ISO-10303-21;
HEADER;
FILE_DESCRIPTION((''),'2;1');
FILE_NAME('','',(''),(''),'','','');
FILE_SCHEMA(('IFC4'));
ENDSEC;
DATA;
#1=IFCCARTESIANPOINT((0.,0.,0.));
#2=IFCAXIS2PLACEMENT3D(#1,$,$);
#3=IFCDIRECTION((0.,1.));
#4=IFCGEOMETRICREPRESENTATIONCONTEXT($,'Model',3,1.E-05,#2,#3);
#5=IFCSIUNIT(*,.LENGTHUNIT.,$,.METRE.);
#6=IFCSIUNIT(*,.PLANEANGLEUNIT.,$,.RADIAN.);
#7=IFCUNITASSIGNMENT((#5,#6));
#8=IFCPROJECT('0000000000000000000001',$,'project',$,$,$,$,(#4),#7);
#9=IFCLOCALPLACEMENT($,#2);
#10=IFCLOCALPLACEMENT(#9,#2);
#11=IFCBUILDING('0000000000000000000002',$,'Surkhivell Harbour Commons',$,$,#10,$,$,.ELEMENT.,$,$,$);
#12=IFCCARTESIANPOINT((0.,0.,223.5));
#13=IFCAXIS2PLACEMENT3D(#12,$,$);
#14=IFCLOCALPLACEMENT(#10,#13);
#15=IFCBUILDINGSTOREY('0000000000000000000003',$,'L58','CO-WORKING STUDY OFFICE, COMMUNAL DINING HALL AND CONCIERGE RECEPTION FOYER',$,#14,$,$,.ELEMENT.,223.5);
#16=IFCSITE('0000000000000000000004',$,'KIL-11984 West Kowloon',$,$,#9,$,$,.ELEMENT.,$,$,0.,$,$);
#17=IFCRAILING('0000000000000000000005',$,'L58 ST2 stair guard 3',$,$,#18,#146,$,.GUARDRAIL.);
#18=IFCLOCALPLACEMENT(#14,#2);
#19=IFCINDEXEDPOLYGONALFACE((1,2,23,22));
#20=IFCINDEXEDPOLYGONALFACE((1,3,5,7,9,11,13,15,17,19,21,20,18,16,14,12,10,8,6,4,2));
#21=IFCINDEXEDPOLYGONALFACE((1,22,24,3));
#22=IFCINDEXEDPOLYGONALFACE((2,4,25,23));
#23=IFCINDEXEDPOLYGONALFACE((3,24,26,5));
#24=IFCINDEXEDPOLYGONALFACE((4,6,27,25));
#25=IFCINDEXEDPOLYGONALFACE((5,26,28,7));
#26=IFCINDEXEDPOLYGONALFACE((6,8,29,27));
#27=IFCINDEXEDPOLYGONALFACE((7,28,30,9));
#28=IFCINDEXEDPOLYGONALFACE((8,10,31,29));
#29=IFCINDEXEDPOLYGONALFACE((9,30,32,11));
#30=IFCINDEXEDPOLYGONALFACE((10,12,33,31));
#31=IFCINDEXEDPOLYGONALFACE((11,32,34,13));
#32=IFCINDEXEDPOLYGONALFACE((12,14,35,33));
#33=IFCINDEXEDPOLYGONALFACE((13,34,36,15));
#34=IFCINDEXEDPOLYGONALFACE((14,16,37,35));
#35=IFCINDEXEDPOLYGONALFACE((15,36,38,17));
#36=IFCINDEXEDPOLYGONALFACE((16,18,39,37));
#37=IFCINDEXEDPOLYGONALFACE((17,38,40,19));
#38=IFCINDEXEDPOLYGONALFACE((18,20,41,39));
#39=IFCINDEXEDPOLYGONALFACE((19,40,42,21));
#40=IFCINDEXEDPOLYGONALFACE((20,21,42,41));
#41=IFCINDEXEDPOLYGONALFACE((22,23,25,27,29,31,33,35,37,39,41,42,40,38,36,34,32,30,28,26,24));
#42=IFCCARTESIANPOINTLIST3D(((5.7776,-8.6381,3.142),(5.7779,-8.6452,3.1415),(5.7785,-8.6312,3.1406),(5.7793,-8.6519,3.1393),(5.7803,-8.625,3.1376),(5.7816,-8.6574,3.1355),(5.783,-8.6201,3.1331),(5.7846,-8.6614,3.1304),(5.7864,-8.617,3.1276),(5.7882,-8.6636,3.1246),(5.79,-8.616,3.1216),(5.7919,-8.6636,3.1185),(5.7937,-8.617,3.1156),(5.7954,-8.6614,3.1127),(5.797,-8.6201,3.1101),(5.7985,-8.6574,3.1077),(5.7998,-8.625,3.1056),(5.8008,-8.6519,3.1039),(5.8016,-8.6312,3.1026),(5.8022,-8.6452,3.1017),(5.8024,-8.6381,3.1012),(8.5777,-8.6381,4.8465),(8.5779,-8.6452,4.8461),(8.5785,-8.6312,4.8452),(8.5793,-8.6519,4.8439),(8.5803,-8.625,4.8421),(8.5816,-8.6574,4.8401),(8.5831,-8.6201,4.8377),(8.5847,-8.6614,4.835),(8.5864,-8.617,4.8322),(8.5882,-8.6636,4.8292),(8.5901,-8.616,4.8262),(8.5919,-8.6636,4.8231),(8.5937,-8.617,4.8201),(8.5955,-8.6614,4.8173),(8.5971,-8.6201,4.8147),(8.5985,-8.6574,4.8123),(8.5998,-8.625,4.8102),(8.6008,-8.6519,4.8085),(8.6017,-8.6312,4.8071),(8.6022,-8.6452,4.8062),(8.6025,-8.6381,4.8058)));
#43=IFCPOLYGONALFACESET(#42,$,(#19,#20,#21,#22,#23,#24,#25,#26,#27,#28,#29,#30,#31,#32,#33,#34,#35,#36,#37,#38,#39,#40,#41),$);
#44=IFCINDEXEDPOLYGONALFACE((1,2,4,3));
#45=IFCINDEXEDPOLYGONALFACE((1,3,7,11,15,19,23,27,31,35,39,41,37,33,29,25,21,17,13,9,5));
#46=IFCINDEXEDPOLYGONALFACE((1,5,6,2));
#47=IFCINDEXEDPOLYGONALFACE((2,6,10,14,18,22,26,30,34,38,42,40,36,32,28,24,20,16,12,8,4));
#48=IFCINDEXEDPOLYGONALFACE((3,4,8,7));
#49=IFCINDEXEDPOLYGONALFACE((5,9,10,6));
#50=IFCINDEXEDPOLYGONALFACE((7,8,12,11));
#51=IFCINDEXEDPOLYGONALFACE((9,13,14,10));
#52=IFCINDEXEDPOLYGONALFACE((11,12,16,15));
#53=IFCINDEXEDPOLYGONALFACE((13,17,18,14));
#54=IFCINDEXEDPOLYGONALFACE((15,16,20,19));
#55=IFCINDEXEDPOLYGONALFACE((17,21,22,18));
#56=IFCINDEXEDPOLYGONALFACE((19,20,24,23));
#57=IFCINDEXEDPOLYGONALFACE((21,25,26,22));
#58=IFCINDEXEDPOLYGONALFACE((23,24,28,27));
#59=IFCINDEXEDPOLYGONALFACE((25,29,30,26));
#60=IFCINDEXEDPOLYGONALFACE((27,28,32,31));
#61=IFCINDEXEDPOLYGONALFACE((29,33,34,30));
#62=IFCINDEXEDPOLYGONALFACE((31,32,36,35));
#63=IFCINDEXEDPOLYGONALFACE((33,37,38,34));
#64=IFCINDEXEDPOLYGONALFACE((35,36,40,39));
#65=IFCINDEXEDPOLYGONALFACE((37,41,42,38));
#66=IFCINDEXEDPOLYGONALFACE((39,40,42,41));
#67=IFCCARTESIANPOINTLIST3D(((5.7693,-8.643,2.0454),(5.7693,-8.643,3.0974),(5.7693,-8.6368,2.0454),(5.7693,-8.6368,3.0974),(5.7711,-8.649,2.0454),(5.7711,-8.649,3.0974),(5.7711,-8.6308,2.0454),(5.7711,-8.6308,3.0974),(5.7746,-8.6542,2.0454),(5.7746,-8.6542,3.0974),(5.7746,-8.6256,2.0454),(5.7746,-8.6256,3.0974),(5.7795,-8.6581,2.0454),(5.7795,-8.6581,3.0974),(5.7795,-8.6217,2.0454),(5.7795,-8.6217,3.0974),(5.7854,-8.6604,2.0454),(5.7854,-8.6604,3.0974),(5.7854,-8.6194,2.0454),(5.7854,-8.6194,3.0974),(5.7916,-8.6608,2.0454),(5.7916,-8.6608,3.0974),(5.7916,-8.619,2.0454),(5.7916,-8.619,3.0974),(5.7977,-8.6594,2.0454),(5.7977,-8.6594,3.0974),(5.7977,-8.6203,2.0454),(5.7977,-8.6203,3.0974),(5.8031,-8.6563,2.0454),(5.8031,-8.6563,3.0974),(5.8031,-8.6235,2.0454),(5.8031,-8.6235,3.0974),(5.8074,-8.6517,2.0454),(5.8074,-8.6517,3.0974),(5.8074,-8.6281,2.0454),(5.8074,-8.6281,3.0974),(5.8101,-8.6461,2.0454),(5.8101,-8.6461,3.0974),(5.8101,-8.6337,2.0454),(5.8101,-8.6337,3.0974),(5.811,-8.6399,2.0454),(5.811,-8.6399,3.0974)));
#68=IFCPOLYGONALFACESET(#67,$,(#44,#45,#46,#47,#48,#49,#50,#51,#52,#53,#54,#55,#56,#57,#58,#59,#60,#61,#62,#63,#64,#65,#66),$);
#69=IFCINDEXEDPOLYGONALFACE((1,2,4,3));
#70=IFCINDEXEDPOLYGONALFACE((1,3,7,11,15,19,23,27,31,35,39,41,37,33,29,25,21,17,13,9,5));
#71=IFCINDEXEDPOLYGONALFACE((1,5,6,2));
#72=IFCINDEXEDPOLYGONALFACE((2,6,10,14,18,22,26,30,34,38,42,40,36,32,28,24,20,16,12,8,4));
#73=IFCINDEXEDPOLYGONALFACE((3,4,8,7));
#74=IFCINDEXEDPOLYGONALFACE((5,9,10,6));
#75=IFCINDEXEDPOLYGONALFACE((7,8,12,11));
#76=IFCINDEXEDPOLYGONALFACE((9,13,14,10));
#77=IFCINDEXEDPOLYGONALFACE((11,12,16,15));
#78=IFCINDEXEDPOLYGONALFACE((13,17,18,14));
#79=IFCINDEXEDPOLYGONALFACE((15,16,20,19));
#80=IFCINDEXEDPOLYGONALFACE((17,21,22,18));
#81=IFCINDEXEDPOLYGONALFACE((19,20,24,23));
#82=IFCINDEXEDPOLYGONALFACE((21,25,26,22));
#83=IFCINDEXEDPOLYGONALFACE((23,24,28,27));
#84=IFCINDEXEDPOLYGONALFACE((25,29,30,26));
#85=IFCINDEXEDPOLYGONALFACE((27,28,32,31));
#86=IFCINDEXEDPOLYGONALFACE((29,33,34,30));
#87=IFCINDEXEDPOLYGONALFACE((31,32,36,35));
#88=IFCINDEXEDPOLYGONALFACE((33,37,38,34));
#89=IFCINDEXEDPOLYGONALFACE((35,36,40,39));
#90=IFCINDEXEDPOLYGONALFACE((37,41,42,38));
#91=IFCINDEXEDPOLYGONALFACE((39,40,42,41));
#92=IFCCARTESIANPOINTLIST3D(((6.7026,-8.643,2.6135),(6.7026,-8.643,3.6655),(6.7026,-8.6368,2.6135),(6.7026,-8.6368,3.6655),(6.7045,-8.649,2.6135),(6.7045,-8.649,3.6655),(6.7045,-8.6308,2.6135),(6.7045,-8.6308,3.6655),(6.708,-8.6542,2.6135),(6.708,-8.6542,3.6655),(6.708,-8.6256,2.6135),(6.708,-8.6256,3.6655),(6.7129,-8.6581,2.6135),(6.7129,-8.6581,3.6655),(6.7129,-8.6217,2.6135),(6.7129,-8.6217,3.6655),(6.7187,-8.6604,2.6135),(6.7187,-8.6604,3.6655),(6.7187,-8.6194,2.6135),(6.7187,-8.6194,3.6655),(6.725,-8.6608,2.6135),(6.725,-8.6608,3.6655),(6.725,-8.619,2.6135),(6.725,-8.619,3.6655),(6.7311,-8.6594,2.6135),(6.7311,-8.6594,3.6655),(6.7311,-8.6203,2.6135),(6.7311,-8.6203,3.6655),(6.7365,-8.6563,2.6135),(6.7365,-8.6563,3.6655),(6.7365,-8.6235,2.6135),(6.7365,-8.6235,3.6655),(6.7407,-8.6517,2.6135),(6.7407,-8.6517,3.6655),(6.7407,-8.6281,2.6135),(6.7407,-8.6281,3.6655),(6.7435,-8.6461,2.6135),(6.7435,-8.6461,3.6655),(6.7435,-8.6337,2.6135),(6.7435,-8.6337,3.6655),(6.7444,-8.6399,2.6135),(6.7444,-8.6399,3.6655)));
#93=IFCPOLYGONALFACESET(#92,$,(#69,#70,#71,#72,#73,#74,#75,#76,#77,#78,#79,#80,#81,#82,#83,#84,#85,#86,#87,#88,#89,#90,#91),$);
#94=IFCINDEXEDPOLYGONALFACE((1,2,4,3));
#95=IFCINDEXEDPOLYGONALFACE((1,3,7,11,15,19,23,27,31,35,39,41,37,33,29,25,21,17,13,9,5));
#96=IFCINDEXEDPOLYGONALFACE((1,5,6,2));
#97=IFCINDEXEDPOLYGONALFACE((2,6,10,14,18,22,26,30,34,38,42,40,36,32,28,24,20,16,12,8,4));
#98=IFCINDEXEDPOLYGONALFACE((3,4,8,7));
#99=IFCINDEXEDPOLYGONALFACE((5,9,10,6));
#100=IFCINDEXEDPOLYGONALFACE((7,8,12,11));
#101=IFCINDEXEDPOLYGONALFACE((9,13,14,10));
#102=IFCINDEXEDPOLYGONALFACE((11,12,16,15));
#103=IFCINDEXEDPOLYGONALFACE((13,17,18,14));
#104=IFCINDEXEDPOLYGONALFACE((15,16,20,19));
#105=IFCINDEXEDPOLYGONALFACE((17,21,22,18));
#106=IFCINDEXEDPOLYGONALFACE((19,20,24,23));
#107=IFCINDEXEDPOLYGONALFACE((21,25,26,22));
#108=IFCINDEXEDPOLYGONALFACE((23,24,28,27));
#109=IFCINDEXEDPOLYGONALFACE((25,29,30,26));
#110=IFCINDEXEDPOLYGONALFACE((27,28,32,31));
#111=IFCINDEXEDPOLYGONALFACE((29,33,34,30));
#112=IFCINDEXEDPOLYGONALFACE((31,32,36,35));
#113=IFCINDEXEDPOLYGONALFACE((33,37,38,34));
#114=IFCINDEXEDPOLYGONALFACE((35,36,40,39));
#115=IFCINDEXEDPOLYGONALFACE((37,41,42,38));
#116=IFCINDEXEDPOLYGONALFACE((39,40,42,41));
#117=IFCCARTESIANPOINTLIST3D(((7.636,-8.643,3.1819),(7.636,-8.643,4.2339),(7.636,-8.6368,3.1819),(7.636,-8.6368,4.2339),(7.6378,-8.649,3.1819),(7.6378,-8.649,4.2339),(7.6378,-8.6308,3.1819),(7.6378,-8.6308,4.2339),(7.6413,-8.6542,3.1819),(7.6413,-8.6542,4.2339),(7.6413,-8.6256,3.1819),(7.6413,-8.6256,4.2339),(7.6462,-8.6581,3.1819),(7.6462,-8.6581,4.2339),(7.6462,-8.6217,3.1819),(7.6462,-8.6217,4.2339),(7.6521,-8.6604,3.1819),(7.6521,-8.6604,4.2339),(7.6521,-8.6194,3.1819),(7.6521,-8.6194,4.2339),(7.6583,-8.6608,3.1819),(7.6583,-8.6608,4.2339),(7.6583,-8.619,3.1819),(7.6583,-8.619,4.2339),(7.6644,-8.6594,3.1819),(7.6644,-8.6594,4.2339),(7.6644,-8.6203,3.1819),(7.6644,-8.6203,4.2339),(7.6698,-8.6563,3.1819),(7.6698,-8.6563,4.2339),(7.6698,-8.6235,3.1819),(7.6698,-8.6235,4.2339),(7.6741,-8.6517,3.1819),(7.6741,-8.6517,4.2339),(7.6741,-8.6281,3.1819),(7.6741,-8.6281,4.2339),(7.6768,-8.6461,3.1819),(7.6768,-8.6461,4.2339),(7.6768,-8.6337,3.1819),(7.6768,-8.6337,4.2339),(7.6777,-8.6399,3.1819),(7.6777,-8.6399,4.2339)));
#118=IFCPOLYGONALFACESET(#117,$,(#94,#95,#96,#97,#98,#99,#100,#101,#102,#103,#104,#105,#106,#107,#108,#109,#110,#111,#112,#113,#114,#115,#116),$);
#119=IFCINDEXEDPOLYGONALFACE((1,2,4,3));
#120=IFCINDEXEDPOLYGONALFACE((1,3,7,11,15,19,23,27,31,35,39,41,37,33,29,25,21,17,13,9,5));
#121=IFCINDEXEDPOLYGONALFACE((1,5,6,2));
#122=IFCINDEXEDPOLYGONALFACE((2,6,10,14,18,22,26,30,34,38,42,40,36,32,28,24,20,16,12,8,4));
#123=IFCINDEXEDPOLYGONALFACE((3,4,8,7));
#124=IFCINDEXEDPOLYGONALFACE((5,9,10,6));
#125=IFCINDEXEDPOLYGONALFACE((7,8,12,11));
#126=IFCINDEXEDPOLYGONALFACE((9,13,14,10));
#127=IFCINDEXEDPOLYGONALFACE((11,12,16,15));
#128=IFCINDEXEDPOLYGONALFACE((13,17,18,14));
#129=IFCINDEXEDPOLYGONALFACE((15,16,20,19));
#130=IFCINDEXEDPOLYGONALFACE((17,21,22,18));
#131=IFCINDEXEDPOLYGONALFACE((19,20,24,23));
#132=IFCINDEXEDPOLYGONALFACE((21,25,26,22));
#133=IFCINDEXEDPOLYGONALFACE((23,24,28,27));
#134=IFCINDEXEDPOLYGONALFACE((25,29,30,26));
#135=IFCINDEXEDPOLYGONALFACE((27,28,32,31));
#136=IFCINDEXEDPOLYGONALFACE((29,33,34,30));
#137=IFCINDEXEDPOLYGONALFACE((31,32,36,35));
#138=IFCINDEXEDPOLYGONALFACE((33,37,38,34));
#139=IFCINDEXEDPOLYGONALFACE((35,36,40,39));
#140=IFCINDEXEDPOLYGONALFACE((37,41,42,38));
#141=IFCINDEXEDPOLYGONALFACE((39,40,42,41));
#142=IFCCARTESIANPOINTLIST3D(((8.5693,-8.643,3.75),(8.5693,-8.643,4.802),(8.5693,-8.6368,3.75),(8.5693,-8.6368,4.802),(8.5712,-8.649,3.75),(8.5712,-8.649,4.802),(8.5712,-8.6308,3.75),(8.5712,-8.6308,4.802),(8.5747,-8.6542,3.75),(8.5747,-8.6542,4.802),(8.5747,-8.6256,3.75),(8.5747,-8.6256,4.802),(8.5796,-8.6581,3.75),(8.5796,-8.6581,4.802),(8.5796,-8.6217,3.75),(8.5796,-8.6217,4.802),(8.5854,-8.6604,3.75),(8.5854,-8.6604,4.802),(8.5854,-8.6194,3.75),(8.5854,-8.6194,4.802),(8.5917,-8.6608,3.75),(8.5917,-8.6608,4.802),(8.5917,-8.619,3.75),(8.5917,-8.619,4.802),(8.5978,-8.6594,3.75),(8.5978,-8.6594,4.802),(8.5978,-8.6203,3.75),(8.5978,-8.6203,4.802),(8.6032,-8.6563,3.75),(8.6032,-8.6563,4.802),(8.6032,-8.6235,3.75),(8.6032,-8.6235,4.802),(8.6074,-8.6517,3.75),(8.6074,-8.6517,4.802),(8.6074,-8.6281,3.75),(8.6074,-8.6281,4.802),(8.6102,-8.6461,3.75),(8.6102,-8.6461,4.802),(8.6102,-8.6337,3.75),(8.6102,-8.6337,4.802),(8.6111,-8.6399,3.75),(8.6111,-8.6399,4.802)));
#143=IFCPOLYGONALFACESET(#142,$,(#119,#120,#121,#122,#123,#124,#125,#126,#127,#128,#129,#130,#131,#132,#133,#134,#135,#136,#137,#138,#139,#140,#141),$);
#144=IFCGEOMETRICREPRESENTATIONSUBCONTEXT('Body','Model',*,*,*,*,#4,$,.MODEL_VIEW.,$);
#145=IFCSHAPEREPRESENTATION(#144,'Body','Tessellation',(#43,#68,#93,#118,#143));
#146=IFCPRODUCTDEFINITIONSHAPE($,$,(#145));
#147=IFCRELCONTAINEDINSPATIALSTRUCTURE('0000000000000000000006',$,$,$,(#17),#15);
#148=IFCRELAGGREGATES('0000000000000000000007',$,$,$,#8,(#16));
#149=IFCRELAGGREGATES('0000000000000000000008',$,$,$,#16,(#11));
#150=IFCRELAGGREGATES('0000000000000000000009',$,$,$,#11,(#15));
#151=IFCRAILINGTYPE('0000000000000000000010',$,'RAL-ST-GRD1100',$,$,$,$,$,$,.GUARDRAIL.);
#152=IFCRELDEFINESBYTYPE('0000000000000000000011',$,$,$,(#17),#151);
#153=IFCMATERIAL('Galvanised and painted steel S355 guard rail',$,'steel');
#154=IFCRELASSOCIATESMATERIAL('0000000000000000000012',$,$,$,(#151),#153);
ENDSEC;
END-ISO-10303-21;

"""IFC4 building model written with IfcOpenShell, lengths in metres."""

from ifc_helpers import new_model, si_unit, direction, frame, origin, origin_2d, place, context, subcontext, project, spatial, circle, extrude, material, type_object, element, save


model = new_model("IFC4")

# Units and contexts
model_context = context("Model", 3, precision=1e-05, world=origin(), true_north=direction((0.0, 1.0)))
body_context = subcontext(model_context, "Body", "Model", "MODEL_VIEW")
ifc_project = project(units=[si_unit("LENGTHUNIT", "METRE"), si_unit("PLANEANGLEUNIT", "RADIAN")], contexts=[model_context])

# Site, building, storey
site_placement = place(None, origin())
site = spatial("IfcSite", under=ifc_project, at=site_placement, Name="KIL-11984 West Kowloon", CompositionType="ELEMENT", RefElevation=0.0)
building_placement = place(site_placement, origin())
building = spatial("IfcBuilding", under=site, at=building_placement, Name="Surkhivell Harbour Commons", CompositionType="ELEMENT")
storey_placement = place(building_placement, frame((0.0, 0.0, 223.5)))
storey = spatial("IfcBuildingStorey", under=building, at=storey_placement, Name="L58", Description="CO-WORKING STUDY OFFICE, COMMUNAL DINING HALL AND CONCIERGE RECEPTION FOYER", CompositionType="ELEMENT", Elevation=223.5)

# Railing
ifc_material_1 = material(Name="Galvanised and painted steel S355 guard rail", Category="steel")
railing_type = type_object("IfcRailingType", Name="RAL-ST-GRD1100", PredefinedType="GUARDRAIL", material=ifc_material_1)
railing_placement = place(storey_placement, frame((5.79, -8.6399, 2.0454)))
element("IfcRailing", 1, at=railing_placement, inside=storey, type_object=railing_type, Name="L58 ST2 stair guard 3", PredefinedType="GUARDRAIL", context=body_context, shape_type="SweptSolid", body=[
    extrude(circle(Radius=0.0239, at=origin_2d()), frame((0.0, 0.0, 1.0762), z_axis=(0.85417, 0.0, 0.519994), x_axis=(0.0, 1.0, 0.0)), (0.0, 0.0, 1.0), 3.2781),
    extrude(circle(Radius=0.021, at=origin_2d()), origin(), (0.0, 0.0, 1.0), 1.052),
    extrude(circle(Radius=0.021, at=origin_2d()), frame((0.9333, 0.0, 0.5681)), (0.0, 0.0, 1.0), 1.052),
    extrude(circle(Radius=0.021, at=origin_2d()), frame((1.8667, 0.0, 1.1365)), (0.0, 0.0, 1.0), 1.052),
    extrude(circle(Radius=0.021, at=origin_2d()), frame((2.8, 0.0, 1.7046)), (0.0, 0.0, 1.0), 1.052),
])

save(model, "model.ifc")
